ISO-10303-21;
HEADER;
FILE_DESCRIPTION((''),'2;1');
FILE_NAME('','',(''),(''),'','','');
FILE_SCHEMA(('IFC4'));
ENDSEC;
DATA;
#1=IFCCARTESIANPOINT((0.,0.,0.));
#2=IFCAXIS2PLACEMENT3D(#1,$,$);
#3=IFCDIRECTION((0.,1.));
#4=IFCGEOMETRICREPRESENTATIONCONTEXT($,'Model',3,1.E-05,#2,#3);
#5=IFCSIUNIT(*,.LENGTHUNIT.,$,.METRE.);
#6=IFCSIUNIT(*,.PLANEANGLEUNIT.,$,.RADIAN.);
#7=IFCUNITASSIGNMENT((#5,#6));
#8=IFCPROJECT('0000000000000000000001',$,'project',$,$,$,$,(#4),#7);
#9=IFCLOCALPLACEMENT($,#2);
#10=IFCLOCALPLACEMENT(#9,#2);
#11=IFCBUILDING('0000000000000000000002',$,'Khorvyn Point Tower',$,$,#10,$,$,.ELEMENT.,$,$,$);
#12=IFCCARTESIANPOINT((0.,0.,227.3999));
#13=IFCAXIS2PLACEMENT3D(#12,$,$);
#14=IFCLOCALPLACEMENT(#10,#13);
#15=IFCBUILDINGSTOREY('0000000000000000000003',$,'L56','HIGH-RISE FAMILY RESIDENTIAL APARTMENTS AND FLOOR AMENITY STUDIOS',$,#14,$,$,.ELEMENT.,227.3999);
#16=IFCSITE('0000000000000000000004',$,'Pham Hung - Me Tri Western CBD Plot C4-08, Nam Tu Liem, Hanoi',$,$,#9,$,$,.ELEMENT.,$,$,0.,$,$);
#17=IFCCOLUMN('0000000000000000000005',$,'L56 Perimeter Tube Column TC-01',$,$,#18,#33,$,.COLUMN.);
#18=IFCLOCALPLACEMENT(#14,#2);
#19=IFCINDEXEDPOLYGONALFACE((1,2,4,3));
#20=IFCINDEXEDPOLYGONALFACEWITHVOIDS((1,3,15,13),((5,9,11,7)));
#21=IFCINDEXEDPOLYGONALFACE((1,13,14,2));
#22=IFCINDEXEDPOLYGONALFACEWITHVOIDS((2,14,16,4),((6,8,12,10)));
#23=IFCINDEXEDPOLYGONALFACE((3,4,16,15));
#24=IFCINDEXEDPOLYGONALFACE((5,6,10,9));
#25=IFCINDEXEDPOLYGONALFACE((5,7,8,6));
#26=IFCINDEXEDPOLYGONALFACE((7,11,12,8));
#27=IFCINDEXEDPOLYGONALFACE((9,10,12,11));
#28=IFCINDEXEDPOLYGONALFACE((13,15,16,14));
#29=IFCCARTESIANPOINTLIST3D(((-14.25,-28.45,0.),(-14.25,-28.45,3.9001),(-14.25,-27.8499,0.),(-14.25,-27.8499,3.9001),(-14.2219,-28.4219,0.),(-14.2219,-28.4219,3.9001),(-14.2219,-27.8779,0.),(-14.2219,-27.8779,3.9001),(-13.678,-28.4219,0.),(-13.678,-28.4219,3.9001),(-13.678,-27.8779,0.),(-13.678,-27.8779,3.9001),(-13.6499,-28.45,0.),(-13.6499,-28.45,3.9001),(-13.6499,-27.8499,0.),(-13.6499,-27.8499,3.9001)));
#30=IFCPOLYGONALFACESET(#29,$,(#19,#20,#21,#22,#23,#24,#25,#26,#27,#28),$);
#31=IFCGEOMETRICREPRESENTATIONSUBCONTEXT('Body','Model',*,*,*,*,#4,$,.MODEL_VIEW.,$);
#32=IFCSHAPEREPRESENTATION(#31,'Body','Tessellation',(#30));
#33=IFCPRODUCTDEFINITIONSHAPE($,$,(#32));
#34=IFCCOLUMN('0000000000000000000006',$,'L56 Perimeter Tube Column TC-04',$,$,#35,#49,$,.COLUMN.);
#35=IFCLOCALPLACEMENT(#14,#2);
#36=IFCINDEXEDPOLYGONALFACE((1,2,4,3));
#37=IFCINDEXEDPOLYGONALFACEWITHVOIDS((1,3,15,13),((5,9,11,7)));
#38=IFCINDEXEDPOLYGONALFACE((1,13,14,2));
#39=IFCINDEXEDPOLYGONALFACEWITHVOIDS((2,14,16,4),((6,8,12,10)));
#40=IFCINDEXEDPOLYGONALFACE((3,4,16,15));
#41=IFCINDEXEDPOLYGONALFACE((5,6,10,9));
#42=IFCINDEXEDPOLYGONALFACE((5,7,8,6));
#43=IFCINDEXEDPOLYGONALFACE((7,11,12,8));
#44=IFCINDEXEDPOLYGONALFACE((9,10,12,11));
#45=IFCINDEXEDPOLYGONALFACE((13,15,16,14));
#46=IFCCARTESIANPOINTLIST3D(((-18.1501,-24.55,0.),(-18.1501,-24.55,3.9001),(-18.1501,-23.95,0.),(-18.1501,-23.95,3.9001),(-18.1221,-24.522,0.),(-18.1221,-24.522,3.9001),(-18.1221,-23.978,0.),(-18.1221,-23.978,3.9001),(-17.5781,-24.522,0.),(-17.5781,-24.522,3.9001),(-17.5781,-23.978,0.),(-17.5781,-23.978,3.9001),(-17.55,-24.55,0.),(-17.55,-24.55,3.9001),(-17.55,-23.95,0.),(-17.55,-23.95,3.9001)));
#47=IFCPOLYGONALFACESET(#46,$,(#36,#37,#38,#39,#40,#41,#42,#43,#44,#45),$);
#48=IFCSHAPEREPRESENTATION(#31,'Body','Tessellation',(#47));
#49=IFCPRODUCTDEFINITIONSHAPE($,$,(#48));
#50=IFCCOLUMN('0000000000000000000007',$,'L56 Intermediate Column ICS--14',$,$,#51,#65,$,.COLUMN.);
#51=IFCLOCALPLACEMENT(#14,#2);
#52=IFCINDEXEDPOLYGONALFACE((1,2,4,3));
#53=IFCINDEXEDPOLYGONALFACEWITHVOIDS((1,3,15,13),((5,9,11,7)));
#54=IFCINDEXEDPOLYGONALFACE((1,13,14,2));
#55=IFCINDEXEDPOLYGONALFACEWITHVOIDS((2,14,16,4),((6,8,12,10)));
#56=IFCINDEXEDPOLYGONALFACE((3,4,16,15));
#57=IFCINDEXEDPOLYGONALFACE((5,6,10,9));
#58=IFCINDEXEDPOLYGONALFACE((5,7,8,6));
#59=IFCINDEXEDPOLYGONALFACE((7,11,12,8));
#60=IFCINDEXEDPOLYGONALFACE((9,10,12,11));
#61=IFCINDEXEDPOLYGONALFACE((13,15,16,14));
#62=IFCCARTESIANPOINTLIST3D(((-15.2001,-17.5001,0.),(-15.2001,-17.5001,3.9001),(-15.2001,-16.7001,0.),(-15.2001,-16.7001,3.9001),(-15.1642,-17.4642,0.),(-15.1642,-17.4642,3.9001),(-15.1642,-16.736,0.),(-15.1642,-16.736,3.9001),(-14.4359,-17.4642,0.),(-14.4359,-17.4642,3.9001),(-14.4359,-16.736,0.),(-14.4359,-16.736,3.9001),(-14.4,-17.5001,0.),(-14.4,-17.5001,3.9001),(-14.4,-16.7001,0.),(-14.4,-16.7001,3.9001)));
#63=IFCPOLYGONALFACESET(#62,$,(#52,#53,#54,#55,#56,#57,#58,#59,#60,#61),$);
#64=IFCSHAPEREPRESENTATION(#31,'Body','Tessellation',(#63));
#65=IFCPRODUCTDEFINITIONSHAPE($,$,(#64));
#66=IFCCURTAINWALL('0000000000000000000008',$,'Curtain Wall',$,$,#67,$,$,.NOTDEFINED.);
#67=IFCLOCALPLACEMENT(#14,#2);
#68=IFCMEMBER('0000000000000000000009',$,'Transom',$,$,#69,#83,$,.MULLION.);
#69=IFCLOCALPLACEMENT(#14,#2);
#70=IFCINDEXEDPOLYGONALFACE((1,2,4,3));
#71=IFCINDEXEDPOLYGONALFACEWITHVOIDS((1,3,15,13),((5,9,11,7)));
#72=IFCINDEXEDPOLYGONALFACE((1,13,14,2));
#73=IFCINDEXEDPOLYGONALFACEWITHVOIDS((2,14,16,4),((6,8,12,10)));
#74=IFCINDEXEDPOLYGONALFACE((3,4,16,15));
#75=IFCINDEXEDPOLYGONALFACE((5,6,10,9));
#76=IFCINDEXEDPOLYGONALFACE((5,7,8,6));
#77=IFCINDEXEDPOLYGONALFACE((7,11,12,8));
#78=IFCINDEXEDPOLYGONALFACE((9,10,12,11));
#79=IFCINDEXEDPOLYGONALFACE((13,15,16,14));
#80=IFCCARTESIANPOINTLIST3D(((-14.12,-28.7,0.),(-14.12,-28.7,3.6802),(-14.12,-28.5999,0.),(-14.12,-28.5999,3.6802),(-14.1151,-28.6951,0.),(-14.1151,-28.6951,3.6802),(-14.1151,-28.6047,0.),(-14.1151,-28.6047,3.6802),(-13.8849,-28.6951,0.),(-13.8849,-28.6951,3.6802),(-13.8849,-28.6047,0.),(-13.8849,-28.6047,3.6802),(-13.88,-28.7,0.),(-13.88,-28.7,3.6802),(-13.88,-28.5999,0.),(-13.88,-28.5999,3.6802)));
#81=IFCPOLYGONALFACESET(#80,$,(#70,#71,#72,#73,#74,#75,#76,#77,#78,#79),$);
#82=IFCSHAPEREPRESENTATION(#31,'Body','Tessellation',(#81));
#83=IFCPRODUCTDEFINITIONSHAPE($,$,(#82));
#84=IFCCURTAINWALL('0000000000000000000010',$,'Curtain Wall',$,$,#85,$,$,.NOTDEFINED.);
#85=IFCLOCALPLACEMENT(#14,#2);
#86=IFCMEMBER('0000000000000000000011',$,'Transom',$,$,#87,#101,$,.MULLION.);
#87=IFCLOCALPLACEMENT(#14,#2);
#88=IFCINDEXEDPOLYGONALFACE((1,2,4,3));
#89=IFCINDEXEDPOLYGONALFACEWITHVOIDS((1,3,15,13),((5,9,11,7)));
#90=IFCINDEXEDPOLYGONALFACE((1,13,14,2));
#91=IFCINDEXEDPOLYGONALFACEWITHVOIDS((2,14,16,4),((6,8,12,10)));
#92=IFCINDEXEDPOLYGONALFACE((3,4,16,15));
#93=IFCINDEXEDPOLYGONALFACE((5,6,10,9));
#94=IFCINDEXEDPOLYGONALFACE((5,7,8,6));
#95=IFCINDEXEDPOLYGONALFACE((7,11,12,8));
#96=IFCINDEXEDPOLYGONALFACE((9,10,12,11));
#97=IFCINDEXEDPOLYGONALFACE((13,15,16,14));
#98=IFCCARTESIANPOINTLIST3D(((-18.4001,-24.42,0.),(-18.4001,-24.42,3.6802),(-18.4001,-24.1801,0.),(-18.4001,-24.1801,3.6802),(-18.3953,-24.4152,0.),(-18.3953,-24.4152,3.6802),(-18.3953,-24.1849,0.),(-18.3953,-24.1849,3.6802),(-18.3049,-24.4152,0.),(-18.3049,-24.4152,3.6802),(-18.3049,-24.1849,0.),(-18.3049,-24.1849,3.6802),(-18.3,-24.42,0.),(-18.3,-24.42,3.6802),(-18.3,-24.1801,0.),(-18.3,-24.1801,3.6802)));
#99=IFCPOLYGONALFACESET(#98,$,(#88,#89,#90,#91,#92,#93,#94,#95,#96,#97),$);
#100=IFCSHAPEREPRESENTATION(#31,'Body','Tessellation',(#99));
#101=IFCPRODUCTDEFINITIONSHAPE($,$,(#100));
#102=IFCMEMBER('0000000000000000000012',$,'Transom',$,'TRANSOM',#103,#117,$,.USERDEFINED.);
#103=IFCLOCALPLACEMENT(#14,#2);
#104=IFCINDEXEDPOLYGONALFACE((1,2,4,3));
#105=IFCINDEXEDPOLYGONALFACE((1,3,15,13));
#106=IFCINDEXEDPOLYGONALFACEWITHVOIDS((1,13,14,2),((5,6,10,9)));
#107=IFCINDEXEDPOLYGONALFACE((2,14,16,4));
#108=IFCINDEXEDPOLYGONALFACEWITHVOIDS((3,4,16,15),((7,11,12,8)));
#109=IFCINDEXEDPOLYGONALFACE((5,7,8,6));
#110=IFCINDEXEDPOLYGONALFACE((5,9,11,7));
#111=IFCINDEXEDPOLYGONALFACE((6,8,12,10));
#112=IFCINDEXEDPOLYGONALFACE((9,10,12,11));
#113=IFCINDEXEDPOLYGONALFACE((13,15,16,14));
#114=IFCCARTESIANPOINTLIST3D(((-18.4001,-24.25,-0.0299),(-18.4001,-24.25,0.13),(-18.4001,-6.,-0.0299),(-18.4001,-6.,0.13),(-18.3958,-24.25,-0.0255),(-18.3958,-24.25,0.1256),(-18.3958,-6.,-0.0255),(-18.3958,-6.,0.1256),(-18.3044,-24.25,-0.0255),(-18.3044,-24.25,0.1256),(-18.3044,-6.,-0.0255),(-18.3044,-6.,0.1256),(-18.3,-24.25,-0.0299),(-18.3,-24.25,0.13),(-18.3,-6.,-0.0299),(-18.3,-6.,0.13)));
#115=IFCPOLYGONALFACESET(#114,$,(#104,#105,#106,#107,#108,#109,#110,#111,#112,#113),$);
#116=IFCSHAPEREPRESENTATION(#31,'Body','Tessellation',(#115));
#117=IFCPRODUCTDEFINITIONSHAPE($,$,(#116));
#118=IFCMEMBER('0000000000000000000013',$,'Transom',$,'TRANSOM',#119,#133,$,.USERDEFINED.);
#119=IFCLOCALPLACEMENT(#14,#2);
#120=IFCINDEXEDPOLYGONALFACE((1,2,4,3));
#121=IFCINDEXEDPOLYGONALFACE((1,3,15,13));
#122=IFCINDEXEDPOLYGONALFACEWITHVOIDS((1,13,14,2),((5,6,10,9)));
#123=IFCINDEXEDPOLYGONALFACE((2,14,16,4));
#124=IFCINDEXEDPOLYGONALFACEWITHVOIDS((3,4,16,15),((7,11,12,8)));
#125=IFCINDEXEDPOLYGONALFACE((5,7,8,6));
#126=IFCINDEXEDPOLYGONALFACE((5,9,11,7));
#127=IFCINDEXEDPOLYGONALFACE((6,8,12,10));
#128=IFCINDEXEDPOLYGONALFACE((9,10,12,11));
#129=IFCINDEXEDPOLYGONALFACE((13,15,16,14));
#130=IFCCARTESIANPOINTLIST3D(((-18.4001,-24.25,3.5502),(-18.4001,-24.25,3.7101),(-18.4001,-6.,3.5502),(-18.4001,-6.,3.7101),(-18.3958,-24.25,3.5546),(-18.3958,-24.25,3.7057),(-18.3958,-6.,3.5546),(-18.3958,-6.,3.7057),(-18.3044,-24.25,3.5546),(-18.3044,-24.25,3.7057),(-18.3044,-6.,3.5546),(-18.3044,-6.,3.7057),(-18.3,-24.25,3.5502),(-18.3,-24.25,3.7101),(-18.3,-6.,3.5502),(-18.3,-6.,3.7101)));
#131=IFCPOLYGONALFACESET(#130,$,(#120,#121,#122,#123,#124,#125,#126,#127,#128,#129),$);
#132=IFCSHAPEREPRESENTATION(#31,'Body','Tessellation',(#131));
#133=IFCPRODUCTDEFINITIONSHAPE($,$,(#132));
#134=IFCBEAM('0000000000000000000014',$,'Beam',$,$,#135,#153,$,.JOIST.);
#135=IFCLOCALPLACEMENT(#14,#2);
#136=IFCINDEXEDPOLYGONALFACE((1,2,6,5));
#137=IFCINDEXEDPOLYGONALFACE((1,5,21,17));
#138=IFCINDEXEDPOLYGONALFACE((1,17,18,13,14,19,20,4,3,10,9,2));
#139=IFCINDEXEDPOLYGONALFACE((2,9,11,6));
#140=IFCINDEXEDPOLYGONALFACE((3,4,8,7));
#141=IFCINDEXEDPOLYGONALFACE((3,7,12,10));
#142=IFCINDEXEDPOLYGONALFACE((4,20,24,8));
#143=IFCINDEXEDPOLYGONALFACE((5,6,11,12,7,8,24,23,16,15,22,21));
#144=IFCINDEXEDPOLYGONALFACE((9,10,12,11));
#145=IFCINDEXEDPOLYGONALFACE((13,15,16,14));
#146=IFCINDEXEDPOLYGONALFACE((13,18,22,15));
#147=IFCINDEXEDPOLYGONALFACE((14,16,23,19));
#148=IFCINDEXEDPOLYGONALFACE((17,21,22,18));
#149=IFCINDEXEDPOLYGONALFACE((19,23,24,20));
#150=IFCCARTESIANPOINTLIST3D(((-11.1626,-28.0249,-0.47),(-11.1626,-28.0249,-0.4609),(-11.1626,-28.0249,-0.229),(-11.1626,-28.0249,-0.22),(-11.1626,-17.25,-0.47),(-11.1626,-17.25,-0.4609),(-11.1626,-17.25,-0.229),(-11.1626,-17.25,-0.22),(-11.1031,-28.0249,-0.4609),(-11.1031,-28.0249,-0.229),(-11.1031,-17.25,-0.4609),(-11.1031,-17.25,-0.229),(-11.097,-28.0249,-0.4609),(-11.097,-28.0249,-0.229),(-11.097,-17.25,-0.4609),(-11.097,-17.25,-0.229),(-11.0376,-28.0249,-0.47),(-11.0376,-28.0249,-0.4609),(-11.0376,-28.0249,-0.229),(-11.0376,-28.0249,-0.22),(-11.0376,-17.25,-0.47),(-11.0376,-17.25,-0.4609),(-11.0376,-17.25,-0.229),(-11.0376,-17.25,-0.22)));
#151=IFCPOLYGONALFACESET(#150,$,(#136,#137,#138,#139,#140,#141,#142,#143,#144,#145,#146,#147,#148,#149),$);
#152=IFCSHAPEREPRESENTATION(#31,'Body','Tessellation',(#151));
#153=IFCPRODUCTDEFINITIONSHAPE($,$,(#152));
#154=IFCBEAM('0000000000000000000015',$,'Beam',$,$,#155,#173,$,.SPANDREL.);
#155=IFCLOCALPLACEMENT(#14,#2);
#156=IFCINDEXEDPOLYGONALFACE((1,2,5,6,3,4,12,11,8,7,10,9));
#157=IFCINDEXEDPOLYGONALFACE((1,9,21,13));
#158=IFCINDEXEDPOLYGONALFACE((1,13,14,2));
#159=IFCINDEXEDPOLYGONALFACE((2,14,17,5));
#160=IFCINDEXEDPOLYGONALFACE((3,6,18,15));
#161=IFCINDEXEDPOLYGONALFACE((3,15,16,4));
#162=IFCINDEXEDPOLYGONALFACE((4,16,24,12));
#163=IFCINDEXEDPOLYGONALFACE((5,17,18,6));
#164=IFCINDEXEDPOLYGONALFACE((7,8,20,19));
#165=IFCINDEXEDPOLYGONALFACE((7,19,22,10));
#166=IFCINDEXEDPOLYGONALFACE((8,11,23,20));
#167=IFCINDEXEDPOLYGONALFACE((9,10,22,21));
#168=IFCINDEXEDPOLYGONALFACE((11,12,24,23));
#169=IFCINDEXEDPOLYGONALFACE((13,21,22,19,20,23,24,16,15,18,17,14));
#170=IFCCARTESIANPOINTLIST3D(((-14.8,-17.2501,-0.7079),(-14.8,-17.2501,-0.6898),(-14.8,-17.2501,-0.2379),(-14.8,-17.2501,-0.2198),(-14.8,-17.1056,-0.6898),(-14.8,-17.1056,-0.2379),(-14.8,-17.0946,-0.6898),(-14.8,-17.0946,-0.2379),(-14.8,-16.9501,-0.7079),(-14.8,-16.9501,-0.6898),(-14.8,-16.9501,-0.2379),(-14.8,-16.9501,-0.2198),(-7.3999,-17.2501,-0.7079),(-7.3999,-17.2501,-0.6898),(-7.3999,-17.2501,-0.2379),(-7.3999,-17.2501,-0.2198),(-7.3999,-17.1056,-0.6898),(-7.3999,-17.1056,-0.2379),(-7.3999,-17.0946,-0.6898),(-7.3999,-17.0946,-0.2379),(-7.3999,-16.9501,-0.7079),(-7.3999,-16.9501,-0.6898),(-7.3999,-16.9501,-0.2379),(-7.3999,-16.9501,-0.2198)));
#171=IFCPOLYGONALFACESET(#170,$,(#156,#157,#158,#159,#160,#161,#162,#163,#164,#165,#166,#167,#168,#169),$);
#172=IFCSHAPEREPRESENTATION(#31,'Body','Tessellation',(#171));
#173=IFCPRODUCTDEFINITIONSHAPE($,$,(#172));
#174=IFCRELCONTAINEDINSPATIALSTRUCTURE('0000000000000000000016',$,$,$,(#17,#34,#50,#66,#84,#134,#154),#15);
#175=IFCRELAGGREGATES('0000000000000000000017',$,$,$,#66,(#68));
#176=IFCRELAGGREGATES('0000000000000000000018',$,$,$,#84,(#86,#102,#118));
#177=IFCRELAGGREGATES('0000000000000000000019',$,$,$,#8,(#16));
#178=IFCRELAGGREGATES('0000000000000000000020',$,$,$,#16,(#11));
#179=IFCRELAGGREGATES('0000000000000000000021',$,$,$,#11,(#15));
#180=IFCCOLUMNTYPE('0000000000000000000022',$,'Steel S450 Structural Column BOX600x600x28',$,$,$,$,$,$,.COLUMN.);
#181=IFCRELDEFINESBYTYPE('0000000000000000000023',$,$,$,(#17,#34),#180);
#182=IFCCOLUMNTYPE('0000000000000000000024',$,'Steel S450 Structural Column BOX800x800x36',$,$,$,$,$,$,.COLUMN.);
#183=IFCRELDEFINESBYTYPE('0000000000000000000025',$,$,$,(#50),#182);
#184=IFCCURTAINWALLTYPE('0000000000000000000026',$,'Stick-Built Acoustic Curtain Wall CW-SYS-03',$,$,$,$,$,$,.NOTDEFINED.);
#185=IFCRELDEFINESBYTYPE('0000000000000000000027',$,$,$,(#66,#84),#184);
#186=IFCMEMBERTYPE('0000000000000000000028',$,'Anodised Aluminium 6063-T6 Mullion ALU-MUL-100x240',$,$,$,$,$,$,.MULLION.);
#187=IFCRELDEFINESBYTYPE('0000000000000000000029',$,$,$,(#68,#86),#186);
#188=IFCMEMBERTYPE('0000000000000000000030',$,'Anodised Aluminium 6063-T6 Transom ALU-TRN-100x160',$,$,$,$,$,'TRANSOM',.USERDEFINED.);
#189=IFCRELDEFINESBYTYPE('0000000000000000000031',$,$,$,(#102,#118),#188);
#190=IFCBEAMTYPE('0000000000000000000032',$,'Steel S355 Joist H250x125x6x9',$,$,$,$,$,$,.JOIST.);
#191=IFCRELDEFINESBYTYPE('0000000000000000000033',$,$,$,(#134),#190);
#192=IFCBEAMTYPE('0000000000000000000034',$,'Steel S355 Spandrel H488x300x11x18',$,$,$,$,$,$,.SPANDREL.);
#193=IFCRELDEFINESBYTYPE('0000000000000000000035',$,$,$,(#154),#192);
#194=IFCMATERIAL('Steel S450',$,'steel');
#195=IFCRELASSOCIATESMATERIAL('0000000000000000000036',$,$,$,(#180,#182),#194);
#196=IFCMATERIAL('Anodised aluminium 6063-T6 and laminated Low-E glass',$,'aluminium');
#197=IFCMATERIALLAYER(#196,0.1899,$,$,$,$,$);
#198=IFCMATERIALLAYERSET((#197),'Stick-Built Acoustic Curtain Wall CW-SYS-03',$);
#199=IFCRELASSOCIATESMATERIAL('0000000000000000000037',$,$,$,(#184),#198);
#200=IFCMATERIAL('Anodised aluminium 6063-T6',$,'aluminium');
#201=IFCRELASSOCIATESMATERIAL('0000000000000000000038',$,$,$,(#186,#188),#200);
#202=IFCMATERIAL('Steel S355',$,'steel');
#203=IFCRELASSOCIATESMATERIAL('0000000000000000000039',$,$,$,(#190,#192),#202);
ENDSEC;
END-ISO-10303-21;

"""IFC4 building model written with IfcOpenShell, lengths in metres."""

from ifc_helpers import new_model, si_unit, direction, frame, origin, origin_2d, place, context, subcontext, project, spatial, hollow_rectangle, i_section, extrude, material, layer, layer_set, material_profile, profile_set, type_object, element, aggregate, save


model = new_model("IFC4")

# Units and contexts
model_context = context("Model", 3, precision=1e-05, world=origin(), true_north=direction((0.0, 1.0)))
body_context = subcontext(model_context, "Body", "Model", "MODEL_VIEW")
ifc_project = project(units=[si_unit("LENGTHUNIT", "METRE"), si_unit("PLANEANGLEUNIT", "RADIAN")], contexts=[model_context])

# Site, building, storey
site_placement = place(None, origin())
site = spatial("IfcSite", under=ifc_project, at=site_placement, Name="Pham Hung - Me Tri Western CBD Plot C4-08, Nam Tu Liem, Hanoi", CompositionType="ELEMENT", RefElevation=0.0)
building_placement = place(site_placement, origin())
building = spatial("IfcBuilding", under=site, at=building_placement, Name="Khorvyn Point Tower", CompositionType="ELEMENT")
storey_placement = place(building_placement, frame((0.0, 0.0, 227.3999)))
storey = spatial("IfcBuildingStorey", under=building, at=storey_placement, Name="L56", Description="HIGH-RISE FAMILY RESIDENTIAL APARTMENTS AND FLOOR AMENITY STUDIOS", CompositionType="ELEMENT", Elevation=227.3999)

# Columns
ifc_material_1 = material(Name="Steel S450", Category="steel")
ifc_material_profile_1 = material_profile(ifc_material_1, hollow_rectangle(XDim=0.6001, YDim=0.6001, WallThickness=0.0281, at=origin_2d()))
ifc_profile_set_1 = profile_set([ifc_material_profile_1], Name="Steel S450 BOX600x600x28")
column_type_1 = type_object("IfcColumnType", Name="Steel S450 Structural Column BOX600x600x28", PredefinedType="COLUMN", material=ifc_profile_set_1)
for number, where, z_axis, x_axis, name in (
    (1, (-13.95, -28.1499, 0.0), (0.0, 0.0, 1.0), (1.0, 0.0, 0.0), "L56 Perimeter Tube Column TC-01"),
    (2, (-17.8501, -24.25, 0.0), (0.0, 0.0, 1.0), (1.0, 0.0, 0.0), "L56 Perimeter Tube Column TC-04"),
):
    element("IfcColumn", number, at=place(storey_placement, frame(where, z_axis=z_axis, x_axis=x_axis)), inside=storey, type_object=column_type_1, Name=name, PredefinedType="COLUMN", context=body_context, shape_type="SweptSolid", body=[
        extrude(hollow_rectangle(XDim=0.6001, YDim=0.6001, WallThickness=0.0281, at=origin_2d()), origin(), (0.0, 0.0, 1.0), 3.9001),
    ])
ifc_material_profile_2 = material_profile(ifc_material_1, hollow_rectangle(XDim=0.8, YDim=0.8, WallThickness=0.0359, at=origin_2d()))
ifc_profile_set_2 = profile_set([ifc_material_profile_2], Name="Steel S450 BOX800x800x36")
column_type_2 = type_object("IfcColumnType", Name="Steel S450 Structural Column BOX800x800x36", PredefinedType="COLUMN", material=ifc_profile_set_2)
column_placement = place(storey_placement, frame((-14.8, -17.1001, 0.0), z_axis=(0.0, 0.0, 1.0), x_axis=(1.0, 0.0, 0.0)))
element("IfcColumn", 3, at=column_placement, inside=storey, type_object=column_type_2, Name="L56 Intermediate Column ICS--14", PredefinedType="COLUMN", context=body_context, shape_type="SweptSolid", body=[
    extrude(hollow_rectangle(XDim=0.8, YDim=0.8, WallThickness=0.0359, at=origin_2d()), origin(), (0.0, 0.0, 1.0), 3.9001),
])

# Curtain wall, member
ifc_material_2 = material(Name="Anodised aluminium 6063-T6 and laminated Low-E glass", Category="aluminium")
ifc_layer_1 = layer(ifc_material_2, 0.1899)
ifc_layer_set_1 = layer_set([ifc_layer_1], Name="Stick-Built Acoustic Curtain Wall CW-SYS-03")
curtain_wall_type = type_object("IfcCurtainWallType", Name="Stick-Built Acoustic Curtain Wall CW-SYS-03", PredefinedType="NOTDEFINED", material=ifc_layer_set_1)
curtain_wall_1_placement = place(storey_placement, origin())
curtain_wall_1 = element("IfcCurtainWall", 4, at=curtain_wall_1_placement, inside=storey, type_object=curtain_wall_type, Name="Curtain Wall", PredefinedType="NOTDEFINED")
ifc_material_3 = material(Name="Anodised aluminium 6063-T6", Category="aluminium")
ifc_material_profile_3 = material_profile(ifc_material_3, hollow_rectangle(XDim=0.1001, YDim=0.24, WallThickness=0.0049, at=origin_2d()))
ifc_profile_set_3 = profile_set([ifc_material_profile_3], Name="Anodised aluminium 6063-T6 ALU-MUL-100x240")
member_type_1 = type_object("IfcMemberType", Name="Anodised Aluminium 6063-T6 Mullion ALU-MUL-100x240", PredefinedType="MULLION", material=ifc_profile_set_3)
member_1_placement = place(storey_placement, frame((-14.0, -28.6499, 0.0), z_axis=(0.0, 0.0, 1.0), x_axis=(0.0, -1.0, 0.0)))
member_1 = element("IfcMember", 5, at=member_1_placement, type_object=member_type_1, Name="Transom", PredefinedType="MULLION", context=body_context, shape_type="SweptSolid", body=[
    extrude(hollow_rectangle(XDim=0.1001, YDim=0.24, WallThickness=0.0049, at=origin_2d()), origin(), (0.0, 0.0, 1.0), 3.6802),
])

# Curtain wall, members
curtain_wall_2_placement = place(storey_placement, origin())
curtain_wall_2 = element("IfcCurtainWall", 6, at=curtain_wall_2_placement, inside=storey, type_object=curtain_wall_type, Name="Curtain Wall", PredefinedType="NOTDEFINED")
member_2_placement = place(storey_placement, frame((-18.3501, -24.3, 0.0), z_axis=(0.0, 0.0, 1.0), x_axis=(-1.0, 0.0, 0.0)))
member_2 = element("IfcMember", 7, at=member_2_placement, type_object=member_type_1, Name="Transom", PredefinedType="MULLION", context=body_context, shape_type="SweptSolid", body=[
    extrude(hollow_rectangle(XDim=0.1001, YDim=0.24, WallThickness=0.0049, at=origin_2d()), origin(), (0.0, 0.0, 1.0), 3.6802),
])
ifc_material_profile_4 = material_profile(ifc_material_3, hollow_rectangle(XDim=0.1001, YDim=0.1599, WallThickness=0.0044, at=origin_2d()))
ifc_profile_set_4 = profile_set([ifc_material_profile_4], Name="Anodised aluminium 6063-T6 ALU-TRN-100x160")
member_type_2 = type_object("IfcMemberType", Name="Anodised Aluminium 6063-T6 Transom ALU-TRN-100x160", ElementType="TRANSOM", PredefinedType="USERDEFINED", material=ifc_profile_set_4)
member_3_placement = place(storey_placement, frame((-18.3501, -24.25, 0.05), z_axis=(0.0, 1.0, 0.0), x_axis=(-1.0, 0.0, 0.0)))
member_3 = element("IfcMember", 8, at=member_3_placement, type_object=member_type_2, Name="Transom", ObjectType="TRANSOM", PredefinedType="USERDEFINED", context=body_context, shape_type="SweptSolid", body=[
    extrude(hollow_rectangle(XDim=0.1001, YDim=0.1599, WallThickness=0.0044, at=origin_2d()), origin(), (0.0, 0.0, 1.0), 18.25),
])
member_4_placement = place(storey_placement, frame((-18.3501, -24.25, 3.6301), z_axis=(0.0, 1.0, 0.0), x_axis=(-1.0, 0.0, 0.0)))
member_4 = element("IfcMember", 9, at=member_4_placement, type_object=member_type_2, Name="Transom", ObjectType="TRANSOM", PredefinedType="USERDEFINED", context=body_context, shape_type="SweptSolid", body=[
    extrude(hollow_rectangle(XDim=0.1001, YDim=0.1599, WallThickness=0.0044, at=origin_2d()), origin(), (0.0, 0.0, 1.0), 18.25),
])

# Beams
ifc_material_4 = material(Name="Steel S355", Category="steel")
ifc_material_profile_5 = material_profile(ifc_material_4, i_section(OverallWidth=0.125, OverallDepth=0.25, WebThickness=0.0061, FlangeThickness=0.009, at=origin_2d()))
ifc_profile_set_5 = profile_set([ifc_material_profile_5], Name="Steel S355 H250x125x6x9")
beam_type_1 = type_object("IfcBeamType", Name="Steel S355 Joist H250x125x6x9", PredefinedType="JOIST", material=ifc_profile_set_5)
beam_1_placement = place(storey_placement, frame((-11.1001, -28.0249, -0.345), z_axis=(0.0, 1.0, 0.0), x_axis=(-1.0, 0.0, 0.0)))
element("IfcBeam", 10, at=beam_1_placement, inside=storey, type_object=beam_type_1, Name="Beam", PredefinedType="JOIST", context=body_context, shape_type="SweptSolid", body=[
    extrude(i_section(OverallWidth=0.125, OverallDepth=0.25, WebThickness=0.0061, FlangeThickness=0.009, at=origin_2d()), origin(), (0.0, 0.0, 1.0), 10.7749),
])
ifc_material_profile_6 = material_profile(ifc_material_4, i_section(OverallWidth=0.3, OverallDepth=0.488, WebThickness=0.011, FlangeThickness=0.0181, at=origin_2d()))
ifc_profile_set_6 = profile_set([ifc_material_profile_6], Name="Steel S355 H488x300x11x18")
beam_type_2 = type_object("IfcBeamType", Name="Steel S355 Spandrel H488x300x11x18", PredefinedType="SPANDREL", material=ifc_profile_set_6)
beam_2_placement = place(storey_placement, frame((-14.8, -17.1001, -0.4639), z_axis=(1.0, 0.0, 0.0), x_axis=(0.0, 1.0, 0.0)))
element("IfcBeam", 11, at=beam_2_placement, inside=storey, type_object=beam_type_2, Name="Beam", PredefinedType="SPANDREL", context=body_context, shape_type="SweptSolid", body=[
    extrude(i_section(OverallWidth=0.3, OverallDepth=0.488, WebThickness=0.011, FlangeThickness=0.0181, at=origin_2d()), origin(), (0.0, 0.0, 1.0), 7.4001),
])

aggregate(curtain_wall_1, [member_1])
aggregate(curtain_wall_2, [member_2, member_3, member_4])

save(model, "model.ifc")
